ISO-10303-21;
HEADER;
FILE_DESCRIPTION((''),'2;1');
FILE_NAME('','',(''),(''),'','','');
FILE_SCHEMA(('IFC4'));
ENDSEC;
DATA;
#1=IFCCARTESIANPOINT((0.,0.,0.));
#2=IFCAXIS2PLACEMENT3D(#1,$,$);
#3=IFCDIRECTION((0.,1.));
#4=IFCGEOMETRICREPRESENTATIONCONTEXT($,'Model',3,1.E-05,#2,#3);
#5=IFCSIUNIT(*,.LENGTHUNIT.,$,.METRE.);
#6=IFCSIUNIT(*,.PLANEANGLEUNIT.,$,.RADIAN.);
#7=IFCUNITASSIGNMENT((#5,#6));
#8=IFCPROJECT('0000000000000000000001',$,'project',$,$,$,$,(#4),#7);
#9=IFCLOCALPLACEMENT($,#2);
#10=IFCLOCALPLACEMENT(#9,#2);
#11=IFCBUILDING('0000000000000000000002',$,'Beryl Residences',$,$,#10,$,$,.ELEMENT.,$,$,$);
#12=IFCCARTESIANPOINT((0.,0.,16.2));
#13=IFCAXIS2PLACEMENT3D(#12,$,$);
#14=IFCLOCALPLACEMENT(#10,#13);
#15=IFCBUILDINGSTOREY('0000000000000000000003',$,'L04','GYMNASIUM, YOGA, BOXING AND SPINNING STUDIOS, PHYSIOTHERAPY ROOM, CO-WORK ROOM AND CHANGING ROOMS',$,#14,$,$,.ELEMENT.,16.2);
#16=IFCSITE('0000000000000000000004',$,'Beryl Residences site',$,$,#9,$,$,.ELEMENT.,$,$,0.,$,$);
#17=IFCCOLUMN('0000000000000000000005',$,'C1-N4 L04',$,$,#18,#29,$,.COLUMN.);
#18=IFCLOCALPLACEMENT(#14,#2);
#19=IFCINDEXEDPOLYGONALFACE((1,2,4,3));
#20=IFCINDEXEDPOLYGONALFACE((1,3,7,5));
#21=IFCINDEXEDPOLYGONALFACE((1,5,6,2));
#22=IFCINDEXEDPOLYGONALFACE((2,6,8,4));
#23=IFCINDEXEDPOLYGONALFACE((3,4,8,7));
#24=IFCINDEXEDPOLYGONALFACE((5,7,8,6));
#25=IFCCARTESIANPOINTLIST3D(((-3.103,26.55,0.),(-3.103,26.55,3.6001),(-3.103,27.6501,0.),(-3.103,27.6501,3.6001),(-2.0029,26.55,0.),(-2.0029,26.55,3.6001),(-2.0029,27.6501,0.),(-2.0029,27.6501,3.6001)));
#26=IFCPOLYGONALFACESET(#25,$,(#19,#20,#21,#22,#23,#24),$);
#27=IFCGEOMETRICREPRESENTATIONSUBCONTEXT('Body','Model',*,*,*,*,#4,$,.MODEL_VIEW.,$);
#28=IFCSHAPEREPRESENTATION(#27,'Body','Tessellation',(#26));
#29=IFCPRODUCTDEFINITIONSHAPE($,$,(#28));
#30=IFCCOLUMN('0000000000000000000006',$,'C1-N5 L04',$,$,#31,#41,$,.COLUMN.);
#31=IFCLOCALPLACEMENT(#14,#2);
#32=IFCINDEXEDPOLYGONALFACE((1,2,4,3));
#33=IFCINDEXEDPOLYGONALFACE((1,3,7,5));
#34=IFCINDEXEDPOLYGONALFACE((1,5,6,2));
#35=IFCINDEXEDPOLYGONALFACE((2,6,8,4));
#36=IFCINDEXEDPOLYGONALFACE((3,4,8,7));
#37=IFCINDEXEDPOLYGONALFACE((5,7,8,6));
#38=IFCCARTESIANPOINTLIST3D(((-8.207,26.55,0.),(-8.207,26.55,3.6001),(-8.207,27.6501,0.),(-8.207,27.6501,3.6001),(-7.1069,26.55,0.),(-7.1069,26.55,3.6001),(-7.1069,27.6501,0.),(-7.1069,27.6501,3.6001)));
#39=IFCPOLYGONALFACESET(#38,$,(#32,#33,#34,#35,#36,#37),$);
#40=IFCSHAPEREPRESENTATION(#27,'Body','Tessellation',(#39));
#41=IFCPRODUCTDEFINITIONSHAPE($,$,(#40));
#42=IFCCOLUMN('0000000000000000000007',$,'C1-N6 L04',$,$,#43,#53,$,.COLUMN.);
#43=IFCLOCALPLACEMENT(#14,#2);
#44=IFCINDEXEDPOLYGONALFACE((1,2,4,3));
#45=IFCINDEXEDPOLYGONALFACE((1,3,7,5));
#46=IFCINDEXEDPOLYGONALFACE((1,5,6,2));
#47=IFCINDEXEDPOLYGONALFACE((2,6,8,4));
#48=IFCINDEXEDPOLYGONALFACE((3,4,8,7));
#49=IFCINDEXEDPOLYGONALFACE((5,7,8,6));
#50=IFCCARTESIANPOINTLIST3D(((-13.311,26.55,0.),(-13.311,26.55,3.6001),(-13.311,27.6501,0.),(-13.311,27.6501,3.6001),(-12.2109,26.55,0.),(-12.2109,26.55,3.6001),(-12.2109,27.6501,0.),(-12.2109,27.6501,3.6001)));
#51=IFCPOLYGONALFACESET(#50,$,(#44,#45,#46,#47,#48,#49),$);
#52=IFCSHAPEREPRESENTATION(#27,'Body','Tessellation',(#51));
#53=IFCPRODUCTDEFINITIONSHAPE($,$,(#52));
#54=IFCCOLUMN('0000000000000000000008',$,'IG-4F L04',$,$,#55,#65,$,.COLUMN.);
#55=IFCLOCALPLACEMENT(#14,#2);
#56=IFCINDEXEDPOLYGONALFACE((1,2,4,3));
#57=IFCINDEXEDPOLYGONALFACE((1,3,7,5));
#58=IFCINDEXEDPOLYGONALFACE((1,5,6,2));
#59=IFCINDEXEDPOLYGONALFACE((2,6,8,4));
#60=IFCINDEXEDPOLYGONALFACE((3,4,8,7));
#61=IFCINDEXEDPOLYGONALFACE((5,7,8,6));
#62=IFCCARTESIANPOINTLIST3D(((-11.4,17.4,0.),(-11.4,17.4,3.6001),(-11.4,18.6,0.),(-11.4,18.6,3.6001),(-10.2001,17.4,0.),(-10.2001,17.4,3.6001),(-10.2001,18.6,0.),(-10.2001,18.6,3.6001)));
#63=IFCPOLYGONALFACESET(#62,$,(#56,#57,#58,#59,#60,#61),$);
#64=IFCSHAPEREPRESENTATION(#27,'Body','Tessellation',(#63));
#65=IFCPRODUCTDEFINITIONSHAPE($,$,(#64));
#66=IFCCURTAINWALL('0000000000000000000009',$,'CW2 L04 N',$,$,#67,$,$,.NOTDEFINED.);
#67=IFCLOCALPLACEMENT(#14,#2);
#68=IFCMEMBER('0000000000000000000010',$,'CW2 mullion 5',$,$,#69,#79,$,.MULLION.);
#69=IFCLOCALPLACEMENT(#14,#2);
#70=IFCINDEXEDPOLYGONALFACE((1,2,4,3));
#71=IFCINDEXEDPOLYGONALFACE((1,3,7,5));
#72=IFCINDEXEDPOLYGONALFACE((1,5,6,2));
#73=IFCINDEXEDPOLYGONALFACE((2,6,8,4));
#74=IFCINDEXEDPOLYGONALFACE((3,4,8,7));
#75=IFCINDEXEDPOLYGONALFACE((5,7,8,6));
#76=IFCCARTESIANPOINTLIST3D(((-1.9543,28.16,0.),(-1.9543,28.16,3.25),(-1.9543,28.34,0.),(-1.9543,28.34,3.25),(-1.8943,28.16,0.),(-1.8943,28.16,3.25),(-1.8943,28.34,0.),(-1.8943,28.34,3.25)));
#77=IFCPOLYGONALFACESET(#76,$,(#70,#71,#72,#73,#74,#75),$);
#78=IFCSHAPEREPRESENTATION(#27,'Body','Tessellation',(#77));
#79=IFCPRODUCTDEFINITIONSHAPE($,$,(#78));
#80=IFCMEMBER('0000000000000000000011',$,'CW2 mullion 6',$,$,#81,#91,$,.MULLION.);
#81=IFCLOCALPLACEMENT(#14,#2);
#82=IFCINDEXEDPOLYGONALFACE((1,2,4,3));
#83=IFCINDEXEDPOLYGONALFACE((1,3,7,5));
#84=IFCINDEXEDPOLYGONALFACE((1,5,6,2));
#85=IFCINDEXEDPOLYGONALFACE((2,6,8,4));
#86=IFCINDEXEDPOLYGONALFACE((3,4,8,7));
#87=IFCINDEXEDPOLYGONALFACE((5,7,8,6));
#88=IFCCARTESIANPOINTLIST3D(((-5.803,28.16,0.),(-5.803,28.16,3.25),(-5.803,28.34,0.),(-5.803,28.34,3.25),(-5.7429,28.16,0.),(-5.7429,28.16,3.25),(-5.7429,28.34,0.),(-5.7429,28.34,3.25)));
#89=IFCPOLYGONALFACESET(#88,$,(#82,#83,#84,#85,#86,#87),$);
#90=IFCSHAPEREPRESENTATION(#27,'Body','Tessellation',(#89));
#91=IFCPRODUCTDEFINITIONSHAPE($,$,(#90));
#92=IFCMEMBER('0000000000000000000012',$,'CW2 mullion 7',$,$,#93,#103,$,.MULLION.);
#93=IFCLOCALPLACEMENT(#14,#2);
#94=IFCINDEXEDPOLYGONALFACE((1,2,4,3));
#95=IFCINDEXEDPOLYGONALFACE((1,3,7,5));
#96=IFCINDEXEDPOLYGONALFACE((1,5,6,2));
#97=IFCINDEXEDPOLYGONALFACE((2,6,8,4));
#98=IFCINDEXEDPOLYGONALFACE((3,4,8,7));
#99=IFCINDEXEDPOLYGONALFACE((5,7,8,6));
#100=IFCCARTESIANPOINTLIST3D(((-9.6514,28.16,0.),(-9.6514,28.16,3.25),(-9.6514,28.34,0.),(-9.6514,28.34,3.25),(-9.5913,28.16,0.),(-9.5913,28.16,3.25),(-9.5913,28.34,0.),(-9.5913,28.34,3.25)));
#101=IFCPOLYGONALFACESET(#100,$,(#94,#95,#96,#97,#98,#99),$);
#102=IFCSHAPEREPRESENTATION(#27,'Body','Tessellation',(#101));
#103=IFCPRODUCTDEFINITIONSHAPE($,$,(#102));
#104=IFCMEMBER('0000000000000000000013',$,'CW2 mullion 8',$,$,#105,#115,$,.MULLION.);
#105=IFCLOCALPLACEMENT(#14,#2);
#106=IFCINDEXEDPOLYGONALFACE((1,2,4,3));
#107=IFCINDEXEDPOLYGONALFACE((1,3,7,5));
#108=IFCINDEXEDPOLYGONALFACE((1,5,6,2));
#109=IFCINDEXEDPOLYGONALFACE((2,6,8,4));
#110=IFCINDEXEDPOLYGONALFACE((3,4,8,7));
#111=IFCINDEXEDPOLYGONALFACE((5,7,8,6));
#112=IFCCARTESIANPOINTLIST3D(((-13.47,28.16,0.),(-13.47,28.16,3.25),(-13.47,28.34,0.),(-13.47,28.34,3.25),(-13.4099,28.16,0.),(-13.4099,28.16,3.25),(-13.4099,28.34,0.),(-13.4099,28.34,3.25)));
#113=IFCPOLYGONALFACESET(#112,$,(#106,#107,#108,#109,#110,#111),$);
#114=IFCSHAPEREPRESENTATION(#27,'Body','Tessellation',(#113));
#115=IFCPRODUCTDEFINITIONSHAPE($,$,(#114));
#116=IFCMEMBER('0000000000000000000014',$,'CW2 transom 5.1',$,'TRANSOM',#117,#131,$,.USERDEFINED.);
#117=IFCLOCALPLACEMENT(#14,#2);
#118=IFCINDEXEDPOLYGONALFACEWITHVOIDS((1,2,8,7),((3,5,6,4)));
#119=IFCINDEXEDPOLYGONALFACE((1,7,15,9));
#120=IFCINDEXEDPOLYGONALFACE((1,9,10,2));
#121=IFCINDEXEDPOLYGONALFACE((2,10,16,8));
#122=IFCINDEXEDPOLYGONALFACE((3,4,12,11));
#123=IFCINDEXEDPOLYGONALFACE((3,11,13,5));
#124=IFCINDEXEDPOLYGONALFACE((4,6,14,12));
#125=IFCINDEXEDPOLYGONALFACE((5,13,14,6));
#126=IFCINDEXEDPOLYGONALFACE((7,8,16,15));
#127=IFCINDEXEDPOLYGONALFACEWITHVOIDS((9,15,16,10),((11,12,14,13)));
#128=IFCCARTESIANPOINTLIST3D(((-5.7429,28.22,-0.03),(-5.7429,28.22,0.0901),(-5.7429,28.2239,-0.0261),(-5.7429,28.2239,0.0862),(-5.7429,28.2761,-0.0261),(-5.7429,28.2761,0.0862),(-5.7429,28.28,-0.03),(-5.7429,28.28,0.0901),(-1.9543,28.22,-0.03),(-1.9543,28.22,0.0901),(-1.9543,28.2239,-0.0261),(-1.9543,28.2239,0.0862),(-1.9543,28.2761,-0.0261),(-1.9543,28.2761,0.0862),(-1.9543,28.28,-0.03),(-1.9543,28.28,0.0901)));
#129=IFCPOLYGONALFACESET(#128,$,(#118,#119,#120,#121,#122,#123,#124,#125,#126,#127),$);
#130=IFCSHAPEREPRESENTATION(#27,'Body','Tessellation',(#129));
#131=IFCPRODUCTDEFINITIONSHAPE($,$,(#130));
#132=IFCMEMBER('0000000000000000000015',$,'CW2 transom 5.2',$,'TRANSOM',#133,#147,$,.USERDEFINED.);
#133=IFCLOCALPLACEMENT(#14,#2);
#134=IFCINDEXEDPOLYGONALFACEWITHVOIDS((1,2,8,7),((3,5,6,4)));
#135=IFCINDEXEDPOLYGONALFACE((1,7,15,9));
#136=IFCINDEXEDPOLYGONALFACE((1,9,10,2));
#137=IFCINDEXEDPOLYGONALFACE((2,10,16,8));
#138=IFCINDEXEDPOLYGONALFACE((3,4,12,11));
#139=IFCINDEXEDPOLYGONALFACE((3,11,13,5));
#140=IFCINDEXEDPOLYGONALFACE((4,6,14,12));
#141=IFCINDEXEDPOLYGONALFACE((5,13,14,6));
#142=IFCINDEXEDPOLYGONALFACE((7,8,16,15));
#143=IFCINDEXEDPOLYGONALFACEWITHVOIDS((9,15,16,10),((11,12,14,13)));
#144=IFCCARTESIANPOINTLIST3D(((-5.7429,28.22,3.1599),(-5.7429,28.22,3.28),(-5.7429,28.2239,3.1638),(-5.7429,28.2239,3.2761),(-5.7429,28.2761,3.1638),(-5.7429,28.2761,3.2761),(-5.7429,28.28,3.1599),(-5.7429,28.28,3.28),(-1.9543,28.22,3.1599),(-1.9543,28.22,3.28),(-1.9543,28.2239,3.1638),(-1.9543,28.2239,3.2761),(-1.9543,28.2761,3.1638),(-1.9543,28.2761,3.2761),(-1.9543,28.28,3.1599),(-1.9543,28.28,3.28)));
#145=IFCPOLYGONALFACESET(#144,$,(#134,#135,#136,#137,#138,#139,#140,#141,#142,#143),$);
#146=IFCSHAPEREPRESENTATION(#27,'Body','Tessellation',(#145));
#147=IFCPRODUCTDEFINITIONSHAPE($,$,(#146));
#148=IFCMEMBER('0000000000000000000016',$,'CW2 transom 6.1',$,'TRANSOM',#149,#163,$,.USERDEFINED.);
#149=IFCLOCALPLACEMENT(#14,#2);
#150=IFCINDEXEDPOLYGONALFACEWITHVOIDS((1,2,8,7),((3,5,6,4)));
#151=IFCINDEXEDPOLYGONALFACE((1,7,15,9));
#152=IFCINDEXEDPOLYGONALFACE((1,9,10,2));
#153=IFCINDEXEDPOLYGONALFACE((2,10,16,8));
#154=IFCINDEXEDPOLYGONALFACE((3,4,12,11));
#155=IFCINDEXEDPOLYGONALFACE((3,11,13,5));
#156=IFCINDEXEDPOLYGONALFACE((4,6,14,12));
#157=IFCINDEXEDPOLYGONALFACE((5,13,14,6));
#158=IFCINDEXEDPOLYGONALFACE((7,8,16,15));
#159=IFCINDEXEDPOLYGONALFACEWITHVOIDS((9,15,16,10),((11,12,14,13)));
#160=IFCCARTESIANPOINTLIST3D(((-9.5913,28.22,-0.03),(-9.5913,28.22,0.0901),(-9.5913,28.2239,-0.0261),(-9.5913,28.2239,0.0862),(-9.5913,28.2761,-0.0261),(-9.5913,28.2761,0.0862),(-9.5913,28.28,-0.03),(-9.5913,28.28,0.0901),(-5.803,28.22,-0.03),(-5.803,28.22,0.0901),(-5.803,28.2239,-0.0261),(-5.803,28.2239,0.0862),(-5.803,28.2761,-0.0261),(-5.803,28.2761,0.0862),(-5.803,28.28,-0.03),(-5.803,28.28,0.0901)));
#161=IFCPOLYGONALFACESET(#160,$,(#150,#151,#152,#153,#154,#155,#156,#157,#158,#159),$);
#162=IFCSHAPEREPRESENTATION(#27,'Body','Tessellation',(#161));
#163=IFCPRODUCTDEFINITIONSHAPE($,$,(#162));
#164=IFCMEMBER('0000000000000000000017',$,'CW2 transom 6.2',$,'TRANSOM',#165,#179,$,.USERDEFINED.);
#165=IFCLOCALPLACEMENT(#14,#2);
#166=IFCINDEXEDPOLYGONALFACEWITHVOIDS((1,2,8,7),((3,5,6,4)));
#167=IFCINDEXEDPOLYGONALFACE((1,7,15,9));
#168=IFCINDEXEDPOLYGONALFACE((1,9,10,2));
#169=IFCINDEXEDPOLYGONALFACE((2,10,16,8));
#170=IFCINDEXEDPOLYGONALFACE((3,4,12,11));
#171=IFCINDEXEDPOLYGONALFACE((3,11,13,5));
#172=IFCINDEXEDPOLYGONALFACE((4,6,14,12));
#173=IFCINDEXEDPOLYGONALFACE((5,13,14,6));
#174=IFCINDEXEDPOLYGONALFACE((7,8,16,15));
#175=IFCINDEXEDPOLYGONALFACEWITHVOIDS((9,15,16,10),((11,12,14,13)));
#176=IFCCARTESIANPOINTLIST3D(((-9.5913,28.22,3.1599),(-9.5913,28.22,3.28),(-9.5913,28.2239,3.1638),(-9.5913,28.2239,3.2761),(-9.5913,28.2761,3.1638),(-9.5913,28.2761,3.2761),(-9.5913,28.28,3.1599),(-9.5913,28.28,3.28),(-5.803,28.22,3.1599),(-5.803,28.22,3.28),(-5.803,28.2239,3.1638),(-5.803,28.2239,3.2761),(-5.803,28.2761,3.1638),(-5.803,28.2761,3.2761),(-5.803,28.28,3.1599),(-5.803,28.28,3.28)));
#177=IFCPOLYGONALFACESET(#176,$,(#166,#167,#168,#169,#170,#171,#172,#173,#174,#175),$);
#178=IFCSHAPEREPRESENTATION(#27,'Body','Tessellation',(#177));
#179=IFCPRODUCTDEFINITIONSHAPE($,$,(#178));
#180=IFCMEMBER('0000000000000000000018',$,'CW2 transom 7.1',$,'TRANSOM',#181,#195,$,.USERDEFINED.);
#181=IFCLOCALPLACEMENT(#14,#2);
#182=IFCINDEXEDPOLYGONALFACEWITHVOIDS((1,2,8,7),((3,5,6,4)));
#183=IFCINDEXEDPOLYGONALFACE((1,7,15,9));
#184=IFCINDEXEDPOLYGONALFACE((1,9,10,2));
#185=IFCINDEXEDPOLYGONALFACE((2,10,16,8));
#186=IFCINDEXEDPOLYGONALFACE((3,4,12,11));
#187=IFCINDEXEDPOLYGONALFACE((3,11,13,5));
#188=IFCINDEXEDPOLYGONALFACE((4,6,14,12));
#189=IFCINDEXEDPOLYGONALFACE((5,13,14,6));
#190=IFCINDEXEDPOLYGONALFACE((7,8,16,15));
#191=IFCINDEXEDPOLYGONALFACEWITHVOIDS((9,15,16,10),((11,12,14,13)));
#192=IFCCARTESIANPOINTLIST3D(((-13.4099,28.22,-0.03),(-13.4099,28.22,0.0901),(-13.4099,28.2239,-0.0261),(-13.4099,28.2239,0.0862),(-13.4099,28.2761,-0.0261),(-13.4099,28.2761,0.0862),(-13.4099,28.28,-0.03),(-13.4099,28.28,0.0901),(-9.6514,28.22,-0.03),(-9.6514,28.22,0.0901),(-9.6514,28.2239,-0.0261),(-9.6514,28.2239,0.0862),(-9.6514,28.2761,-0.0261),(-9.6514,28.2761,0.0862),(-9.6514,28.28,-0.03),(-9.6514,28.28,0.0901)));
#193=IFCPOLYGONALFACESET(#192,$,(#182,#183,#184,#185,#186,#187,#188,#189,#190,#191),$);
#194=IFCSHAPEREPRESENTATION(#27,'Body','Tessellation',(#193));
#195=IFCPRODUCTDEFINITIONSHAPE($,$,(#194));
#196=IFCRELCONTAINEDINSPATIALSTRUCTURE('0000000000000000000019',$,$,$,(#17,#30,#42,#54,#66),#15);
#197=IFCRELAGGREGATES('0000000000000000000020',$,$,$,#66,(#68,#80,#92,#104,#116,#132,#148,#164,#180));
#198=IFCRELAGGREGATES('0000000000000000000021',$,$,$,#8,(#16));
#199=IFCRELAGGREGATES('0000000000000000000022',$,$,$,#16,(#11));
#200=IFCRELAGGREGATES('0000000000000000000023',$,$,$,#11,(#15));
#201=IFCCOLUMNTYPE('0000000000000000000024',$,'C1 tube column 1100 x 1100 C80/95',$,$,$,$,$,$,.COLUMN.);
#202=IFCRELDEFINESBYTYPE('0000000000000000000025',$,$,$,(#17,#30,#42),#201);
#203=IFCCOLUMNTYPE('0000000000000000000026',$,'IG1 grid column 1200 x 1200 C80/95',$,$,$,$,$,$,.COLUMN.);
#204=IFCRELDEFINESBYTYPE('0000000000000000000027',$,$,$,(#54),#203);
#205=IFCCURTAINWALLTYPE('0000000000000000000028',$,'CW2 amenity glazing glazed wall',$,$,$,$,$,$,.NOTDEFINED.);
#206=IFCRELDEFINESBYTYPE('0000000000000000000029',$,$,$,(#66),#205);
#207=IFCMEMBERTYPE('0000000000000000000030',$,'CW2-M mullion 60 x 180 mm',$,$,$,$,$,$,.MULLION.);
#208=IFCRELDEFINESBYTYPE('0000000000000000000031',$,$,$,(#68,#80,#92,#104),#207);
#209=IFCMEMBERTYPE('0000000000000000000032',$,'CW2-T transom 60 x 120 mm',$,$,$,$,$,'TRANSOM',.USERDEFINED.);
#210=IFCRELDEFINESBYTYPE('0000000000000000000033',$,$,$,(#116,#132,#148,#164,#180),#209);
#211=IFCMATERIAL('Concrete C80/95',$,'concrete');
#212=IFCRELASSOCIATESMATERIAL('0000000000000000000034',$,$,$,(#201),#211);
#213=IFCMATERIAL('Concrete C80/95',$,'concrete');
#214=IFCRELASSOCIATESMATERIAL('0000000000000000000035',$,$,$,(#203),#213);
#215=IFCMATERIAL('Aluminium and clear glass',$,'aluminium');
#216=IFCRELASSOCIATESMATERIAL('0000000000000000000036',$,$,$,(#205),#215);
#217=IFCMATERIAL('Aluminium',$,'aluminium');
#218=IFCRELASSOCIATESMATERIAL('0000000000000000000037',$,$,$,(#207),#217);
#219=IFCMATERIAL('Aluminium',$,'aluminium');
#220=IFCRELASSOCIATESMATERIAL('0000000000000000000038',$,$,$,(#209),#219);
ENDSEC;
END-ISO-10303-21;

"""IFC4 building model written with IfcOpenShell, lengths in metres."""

from ifc_helpers import new_model, si_unit, direction, frame, origin, origin_2d, place, context, subcontext, project, spatial, rectangle, hollow_rectangle, extrude, material, material_profile, profile_set, type_object, element, aggregate, save


model = new_model("IFC4")

# Units and contexts
model_context = context("Model", 3, precision=1e-05, world=origin(), true_north=direction((0.0, 1.0)))
body_context = subcontext(model_context, "Body", "Model", "MODEL_VIEW")
ifc_project = project(units=[si_unit("LENGTHUNIT", "METRE"), si_unit("PLANEANGLEUNIT", "RADIAN")], contexts=[model_context])

# Site, building, storey
site_placement = place(None, origin())
site = spatial("IfcSite", under=ifc_project, at=site_placement, Name="Beryl Residences site", CompositionType="ELEMENT", RefElevation=0.0)
building_placement = place(site_placement, origin())
building = spatial("IfcBuilding", under=site, at=building_placement, Name="Beryl Residences", CompositionType="ELEMENT")
storey_placement = place(building_placement, frame((0.0, 0.0, 16.2)))
storey = spatial("IfcBuildingStorey", under=building, at=storey_placement, Name="L04", Description="GYMNASIUM, YOGA, BOXING AND SPINNING STUDIOS, PHYSIOTHERAPY ROOM, CO-WORK ROOM AND CHANGING ROOMS", CompositionType="ELEMENT", Elevation=16.2)

# Columns
ifc_material_1 = material(Name="Concrete C80/95", Category="concrete")
ifc_material_profile_1 = material_profile(ifc_material_1, rectangle(XDim=1.1001, YDim=1.1001, at=origin_2d()))
ifc_profile_set_1 = profile_set([ifc_material_profile_1], Name="Concrete C80/95")
column_type_1 = type_object("IfcColumnType", Name="C1 tube column 1100 x 1100 C80/95", PredefinedType="COLUMN", material=ifc_profile_set_1)
for number, where, z_axis, x_axis, name in (
    (1, (-2.553, 27.1001, 0.0), (0.0, 0.0, 1.0), (-1.0, 0.0, 0.0), "C1-N4 L04"),
    (2, (-7.657, 27.1001, 0.0), (0.0, 0.0, 1.0), (-1.0, 0.0, 0.0), "C1-N5 L04"),
    (3, (-12.761, 27.1001, 0.0), (0.0, 0.0, 1.0), (-1.0, 0.0, 0.0), "C1-N6 L04"),
):
    element("IfcColumn", number, at=place(storey_placement, frame(where, z_axis=z_axis, x_axis=x_axis)), inside=storey, type_object=column_type_1, Name=name, PredefinedType="COLUMN", context=body_context, shape_type="SweptSolid", body=[
        extrude(rectangle(XDim=1.1001, YDim=1.1001, at=origin_2d()), origin(), (0.0, 0.0, 1.0), 3.6001),
    ])
ifc_material_2 = material(Name="Concrete C80/95", Category="concrete")
ifc_material_profile_2 = material_profile(ifc_material_2, rectangle(XDim=1.2, YDim=1.2, at=origin_2d()))
ifc_profile_set_2 = profile_set([ifc_material_profile_2], Name="Concrete C80/95")
column_type_2 = type_object("IfcColumnType", Name="IG1 grid column 1200 x 1200 C80/95", PredefinedType="COLUMN", material=ifc_profile_set_2)
column_placement = place(storey_placement, frame((-10.8, 18.0, 0.0), z_axis=(0.0, 0.0, 1.0), x_axis=(1.0, 0.0, 0.0)))
element("IfcColumn", 4, at=column_placement, inside=storey, type_object=column_type_2, Name="IG-4F L04", PredefinedType="COLUMN", context=body_context, shape_type="SweptSolid", body=[
    extrude(rectangle(XDim=1.2, YDim=1.2, at=origin_2d()), origin(), (0.0, 0.0, 1.0), 3.6001),
])

# Curtain wall, members
ifc_material_3 = material(Name="Aluminium and clear glass", Category="aluminium")
curtain_wall_type = type_object("IfcCurtainWallType", Name="CW2 amenity glazing glazed wall", PredefinedType="NOTDEFINED", material=ifc_material_3)
curtain_wall_placement = place(storey_placement, origin())
curtain_wall = element("IfcCurtainWall", 5, at=curtain_wall_placement, inside=storey, type_object=curtain_wall_type, Name="CW2 L04 N", PredefinedType="NOTDEFINED")
ifc_material_4 = material(Name="Aluminium", Category="aluminium")
ifc_material_profile_3 = material_profile(ifc_material_4, rectangle(XDim=0.0601, YDim=0.1799, at=origin_2d()))
ifc_profile_set_3 = profile_set([ifc_material_profile_3], Name="Aluminium")
member_type_1 = type_object("IfcMemberType", Name="CW2-M mullion 60 x 180 mm", PredefinedType="MULLION", material=ifc_profile_set_3)
member_1_placement = place(storey_placement, frame((-1.9243, 28.25, 0.0), z_axis=(0.0, 0.0, 1.0), x_axis=(-1.0, 0.0, 0.0)))
member_1 = element("IfcMember", 6, at=member_1_placement, type_object=member_type_1, Name="CW2 mullion 5", PredefinedType="MULLION", context=body_context, shape_type="SweptSolid", body=[
    extrude(rectangle(XDim=0.0601, YDim=0.1799, at=origin_2d()), origin(), (0.0, 0.0, 1.0), 3.25),
])
member_2_placement = place(storey_placement, frame((-5.7729, 28.25, 0.0), z_axis=(0.0, 0.0, 1.0), x_axis=(-1.0, 0.0, 0.0)))
member_2 = element("IfcMember", 7, at=member_2_placement, type_object=member_type_1, Name="CW2 mullion 6", PredefinedType="MULLION", context=body_context, shape_type="SweptSolid", body=[
    extrude(rectangle(XDim=0.0601, YDim=0.1799, at=origin_2d()), origin(), (0.0, 0.0, 1.0), 3.25),
])
member_3_placement = place(storey_placement, frame((-9.6213, 28.25, 0.0), z_axis=(0.0, 0.0, 1.0), x_axis=(-1.0, 0.0, 0.0)))
member_3 = element("IfcMember", 8, at=member_3_placement, type_object=member_type_1, Name="CW2 mullion 7", PredefinedType="MULLION", context=body_context, shape_type="SweptSolid", body=[
    extrude(rectangle(XDim=0.0601, YDim=0.1799, at=origin_2d()), origin(), (0.0, 0.0, 1.0), 3.25),
])
member_4_placement = place(storey_placement, frame((-13.4399, 28.25, 0.0), z_axis=(0.0, 0.0, 1.0), x_axis=(-1.0, 0.0, 0.0)))
member_4 = element("IfcMember", 9, at=member_4_placement, type_object=member_type_1, Name="CW2 mullion 8", PredefinedType="MULLION", context=body_context, shape_type="SweptSolid", body=[
    extrude(rectangle(XDim=0.0601, YDim=0.1799, at=origin_2d()), origin(), (0.0, 0.0, 1.0), 3.25),
])
ifc_material_5 = material(Name="Aluminium", Category="aluminium")
ifc_material_profile_4 = material_profile(ifc_material_5, hollow_rectangle(XDim=0.0601, YDim=0.1201, WallThickness=0.0039, at=origin_2d()))
ifc_profile_set_4 = profile_set([ifc_material_profile_4], Name="Aluminium")
member_type_2 = type_object("IfcMemberType", Name="CW2-T transom 60 x 120 mm", ElementType="TRANSOM", PredefinedType="USERDEFINED", material=ifc_profile_set_4)
member_5_placement = place(storey_placement, frame((-1.9543, 28.25, 0.03), z_axis=(-1.0, 0.0, 0.0), x_axis=(0.0, -1.0, 0.0)))
member_5 = element("IfcMember", 10, at=member_5_placement, type_object=member_type_2, Name="CW2 transom 5.1", ObjectType="TRANSOM", PredefinedType="USERDEFINED", context=body_context, shape_type="SweptSolid", body=[
    extrude(hollow_rectangle(XDim=0.0601, YDim=0.1201, WallThickness=0.0039, at=origin_2d()), origin(), (0.0, 0.0, 1.0), 3.7886),
])
member_6_placement = place(storey_placement, frame((-1.9543, 28.25, 3.22), z_axis=(-1.0, 0.0, 0.0), x_axis=(0.0, -1.0, 0.0)))
member_6 = element("IfcMember", 11, at=member_6_placement, type_object=member_type_2, Name="CW2 transom 5.2", ObjectType="TRANSOM", PredefinedType="USERDEFINED", context=body_context, shape_type="SweptSolid", body=[
    extrude(hollow_rectangle(XDim=0.0601, YDim=0.1201, WallThickness=0.0039, at=origin_2d()), origin(), (0.0, 0.0, 1.0), 3.7886),
])
member_7_placement = place(storey_placement, frame((-5.803, 28.25, 0.03), z_axis=(-1.0, 0.0, 0.0), x_axis=(0.0, -1.0, 0.0)))
member_7 = element("IfcMember", 12, at=member_7_placement, type_object=member_type_2, Name="CW2 transom 6.1", ObjectType="TRANSOM", PredefinedType="USERDEFINED", context=body_context, shape_type="SweptSolid", body=[
    extrude(hollow_rectangle(XDim=0.0601, YDim=0.1201, WallThickness=0.0039, at=origin_2d()), origin(), (0.0, 0.0, 1.0), 3.7883),
])
member_8_placement = place(storey_placement, frame((-5.803, 28.25, 3.22), z_axis=(-1.0, 0.0, 0.0), x_axis=(0.0, -1.0, 0.0)))
member_8 = element("IfcMember", 13, at=member_8_placement, type_object=member_type_2, Name="CW2 transom 6.2", ObjectType="TRANSOM", PredefinedType="USERDEFINED", context=body_context, shape_type="SweptSolid", body=[
    extrude(hollow_rectangle(XDim=0.0601, YDim=0.1201, WallThickness=0.0039, at=origin_2d()), origin(), (0.0, 0.0, 1.0), 3.7883),
])
member_9_placement = place(storey_placement, frame((-9.6514, 28.25, 0.03), z_axis=(-1.0, 0.0, 0.0), x_axis=(0.0, -1.0, 0.0)))
member_9 = element("IfcMember", 14, at=member_9_placement, type_object=member_type_2, Name="CW2 transom 7.1", ObjectType="TRANSOM", PredefinedType="USERDEFINED", context=body_context, shape_type="SweptSolid", body=[
    extrude(hollow_rectangle(XDim=0.0601, YDim=0.1201, WallThickness=0.0039, at=origin_2d()), origin(), (0.0, 0.0, 1.0), 3.7585),
])

aggregate(curtain_wall, [member_1, member_2, member_3, member_4, member_5, member_6, member_7, member_8, member_9])

save(model, "model.ifc")
